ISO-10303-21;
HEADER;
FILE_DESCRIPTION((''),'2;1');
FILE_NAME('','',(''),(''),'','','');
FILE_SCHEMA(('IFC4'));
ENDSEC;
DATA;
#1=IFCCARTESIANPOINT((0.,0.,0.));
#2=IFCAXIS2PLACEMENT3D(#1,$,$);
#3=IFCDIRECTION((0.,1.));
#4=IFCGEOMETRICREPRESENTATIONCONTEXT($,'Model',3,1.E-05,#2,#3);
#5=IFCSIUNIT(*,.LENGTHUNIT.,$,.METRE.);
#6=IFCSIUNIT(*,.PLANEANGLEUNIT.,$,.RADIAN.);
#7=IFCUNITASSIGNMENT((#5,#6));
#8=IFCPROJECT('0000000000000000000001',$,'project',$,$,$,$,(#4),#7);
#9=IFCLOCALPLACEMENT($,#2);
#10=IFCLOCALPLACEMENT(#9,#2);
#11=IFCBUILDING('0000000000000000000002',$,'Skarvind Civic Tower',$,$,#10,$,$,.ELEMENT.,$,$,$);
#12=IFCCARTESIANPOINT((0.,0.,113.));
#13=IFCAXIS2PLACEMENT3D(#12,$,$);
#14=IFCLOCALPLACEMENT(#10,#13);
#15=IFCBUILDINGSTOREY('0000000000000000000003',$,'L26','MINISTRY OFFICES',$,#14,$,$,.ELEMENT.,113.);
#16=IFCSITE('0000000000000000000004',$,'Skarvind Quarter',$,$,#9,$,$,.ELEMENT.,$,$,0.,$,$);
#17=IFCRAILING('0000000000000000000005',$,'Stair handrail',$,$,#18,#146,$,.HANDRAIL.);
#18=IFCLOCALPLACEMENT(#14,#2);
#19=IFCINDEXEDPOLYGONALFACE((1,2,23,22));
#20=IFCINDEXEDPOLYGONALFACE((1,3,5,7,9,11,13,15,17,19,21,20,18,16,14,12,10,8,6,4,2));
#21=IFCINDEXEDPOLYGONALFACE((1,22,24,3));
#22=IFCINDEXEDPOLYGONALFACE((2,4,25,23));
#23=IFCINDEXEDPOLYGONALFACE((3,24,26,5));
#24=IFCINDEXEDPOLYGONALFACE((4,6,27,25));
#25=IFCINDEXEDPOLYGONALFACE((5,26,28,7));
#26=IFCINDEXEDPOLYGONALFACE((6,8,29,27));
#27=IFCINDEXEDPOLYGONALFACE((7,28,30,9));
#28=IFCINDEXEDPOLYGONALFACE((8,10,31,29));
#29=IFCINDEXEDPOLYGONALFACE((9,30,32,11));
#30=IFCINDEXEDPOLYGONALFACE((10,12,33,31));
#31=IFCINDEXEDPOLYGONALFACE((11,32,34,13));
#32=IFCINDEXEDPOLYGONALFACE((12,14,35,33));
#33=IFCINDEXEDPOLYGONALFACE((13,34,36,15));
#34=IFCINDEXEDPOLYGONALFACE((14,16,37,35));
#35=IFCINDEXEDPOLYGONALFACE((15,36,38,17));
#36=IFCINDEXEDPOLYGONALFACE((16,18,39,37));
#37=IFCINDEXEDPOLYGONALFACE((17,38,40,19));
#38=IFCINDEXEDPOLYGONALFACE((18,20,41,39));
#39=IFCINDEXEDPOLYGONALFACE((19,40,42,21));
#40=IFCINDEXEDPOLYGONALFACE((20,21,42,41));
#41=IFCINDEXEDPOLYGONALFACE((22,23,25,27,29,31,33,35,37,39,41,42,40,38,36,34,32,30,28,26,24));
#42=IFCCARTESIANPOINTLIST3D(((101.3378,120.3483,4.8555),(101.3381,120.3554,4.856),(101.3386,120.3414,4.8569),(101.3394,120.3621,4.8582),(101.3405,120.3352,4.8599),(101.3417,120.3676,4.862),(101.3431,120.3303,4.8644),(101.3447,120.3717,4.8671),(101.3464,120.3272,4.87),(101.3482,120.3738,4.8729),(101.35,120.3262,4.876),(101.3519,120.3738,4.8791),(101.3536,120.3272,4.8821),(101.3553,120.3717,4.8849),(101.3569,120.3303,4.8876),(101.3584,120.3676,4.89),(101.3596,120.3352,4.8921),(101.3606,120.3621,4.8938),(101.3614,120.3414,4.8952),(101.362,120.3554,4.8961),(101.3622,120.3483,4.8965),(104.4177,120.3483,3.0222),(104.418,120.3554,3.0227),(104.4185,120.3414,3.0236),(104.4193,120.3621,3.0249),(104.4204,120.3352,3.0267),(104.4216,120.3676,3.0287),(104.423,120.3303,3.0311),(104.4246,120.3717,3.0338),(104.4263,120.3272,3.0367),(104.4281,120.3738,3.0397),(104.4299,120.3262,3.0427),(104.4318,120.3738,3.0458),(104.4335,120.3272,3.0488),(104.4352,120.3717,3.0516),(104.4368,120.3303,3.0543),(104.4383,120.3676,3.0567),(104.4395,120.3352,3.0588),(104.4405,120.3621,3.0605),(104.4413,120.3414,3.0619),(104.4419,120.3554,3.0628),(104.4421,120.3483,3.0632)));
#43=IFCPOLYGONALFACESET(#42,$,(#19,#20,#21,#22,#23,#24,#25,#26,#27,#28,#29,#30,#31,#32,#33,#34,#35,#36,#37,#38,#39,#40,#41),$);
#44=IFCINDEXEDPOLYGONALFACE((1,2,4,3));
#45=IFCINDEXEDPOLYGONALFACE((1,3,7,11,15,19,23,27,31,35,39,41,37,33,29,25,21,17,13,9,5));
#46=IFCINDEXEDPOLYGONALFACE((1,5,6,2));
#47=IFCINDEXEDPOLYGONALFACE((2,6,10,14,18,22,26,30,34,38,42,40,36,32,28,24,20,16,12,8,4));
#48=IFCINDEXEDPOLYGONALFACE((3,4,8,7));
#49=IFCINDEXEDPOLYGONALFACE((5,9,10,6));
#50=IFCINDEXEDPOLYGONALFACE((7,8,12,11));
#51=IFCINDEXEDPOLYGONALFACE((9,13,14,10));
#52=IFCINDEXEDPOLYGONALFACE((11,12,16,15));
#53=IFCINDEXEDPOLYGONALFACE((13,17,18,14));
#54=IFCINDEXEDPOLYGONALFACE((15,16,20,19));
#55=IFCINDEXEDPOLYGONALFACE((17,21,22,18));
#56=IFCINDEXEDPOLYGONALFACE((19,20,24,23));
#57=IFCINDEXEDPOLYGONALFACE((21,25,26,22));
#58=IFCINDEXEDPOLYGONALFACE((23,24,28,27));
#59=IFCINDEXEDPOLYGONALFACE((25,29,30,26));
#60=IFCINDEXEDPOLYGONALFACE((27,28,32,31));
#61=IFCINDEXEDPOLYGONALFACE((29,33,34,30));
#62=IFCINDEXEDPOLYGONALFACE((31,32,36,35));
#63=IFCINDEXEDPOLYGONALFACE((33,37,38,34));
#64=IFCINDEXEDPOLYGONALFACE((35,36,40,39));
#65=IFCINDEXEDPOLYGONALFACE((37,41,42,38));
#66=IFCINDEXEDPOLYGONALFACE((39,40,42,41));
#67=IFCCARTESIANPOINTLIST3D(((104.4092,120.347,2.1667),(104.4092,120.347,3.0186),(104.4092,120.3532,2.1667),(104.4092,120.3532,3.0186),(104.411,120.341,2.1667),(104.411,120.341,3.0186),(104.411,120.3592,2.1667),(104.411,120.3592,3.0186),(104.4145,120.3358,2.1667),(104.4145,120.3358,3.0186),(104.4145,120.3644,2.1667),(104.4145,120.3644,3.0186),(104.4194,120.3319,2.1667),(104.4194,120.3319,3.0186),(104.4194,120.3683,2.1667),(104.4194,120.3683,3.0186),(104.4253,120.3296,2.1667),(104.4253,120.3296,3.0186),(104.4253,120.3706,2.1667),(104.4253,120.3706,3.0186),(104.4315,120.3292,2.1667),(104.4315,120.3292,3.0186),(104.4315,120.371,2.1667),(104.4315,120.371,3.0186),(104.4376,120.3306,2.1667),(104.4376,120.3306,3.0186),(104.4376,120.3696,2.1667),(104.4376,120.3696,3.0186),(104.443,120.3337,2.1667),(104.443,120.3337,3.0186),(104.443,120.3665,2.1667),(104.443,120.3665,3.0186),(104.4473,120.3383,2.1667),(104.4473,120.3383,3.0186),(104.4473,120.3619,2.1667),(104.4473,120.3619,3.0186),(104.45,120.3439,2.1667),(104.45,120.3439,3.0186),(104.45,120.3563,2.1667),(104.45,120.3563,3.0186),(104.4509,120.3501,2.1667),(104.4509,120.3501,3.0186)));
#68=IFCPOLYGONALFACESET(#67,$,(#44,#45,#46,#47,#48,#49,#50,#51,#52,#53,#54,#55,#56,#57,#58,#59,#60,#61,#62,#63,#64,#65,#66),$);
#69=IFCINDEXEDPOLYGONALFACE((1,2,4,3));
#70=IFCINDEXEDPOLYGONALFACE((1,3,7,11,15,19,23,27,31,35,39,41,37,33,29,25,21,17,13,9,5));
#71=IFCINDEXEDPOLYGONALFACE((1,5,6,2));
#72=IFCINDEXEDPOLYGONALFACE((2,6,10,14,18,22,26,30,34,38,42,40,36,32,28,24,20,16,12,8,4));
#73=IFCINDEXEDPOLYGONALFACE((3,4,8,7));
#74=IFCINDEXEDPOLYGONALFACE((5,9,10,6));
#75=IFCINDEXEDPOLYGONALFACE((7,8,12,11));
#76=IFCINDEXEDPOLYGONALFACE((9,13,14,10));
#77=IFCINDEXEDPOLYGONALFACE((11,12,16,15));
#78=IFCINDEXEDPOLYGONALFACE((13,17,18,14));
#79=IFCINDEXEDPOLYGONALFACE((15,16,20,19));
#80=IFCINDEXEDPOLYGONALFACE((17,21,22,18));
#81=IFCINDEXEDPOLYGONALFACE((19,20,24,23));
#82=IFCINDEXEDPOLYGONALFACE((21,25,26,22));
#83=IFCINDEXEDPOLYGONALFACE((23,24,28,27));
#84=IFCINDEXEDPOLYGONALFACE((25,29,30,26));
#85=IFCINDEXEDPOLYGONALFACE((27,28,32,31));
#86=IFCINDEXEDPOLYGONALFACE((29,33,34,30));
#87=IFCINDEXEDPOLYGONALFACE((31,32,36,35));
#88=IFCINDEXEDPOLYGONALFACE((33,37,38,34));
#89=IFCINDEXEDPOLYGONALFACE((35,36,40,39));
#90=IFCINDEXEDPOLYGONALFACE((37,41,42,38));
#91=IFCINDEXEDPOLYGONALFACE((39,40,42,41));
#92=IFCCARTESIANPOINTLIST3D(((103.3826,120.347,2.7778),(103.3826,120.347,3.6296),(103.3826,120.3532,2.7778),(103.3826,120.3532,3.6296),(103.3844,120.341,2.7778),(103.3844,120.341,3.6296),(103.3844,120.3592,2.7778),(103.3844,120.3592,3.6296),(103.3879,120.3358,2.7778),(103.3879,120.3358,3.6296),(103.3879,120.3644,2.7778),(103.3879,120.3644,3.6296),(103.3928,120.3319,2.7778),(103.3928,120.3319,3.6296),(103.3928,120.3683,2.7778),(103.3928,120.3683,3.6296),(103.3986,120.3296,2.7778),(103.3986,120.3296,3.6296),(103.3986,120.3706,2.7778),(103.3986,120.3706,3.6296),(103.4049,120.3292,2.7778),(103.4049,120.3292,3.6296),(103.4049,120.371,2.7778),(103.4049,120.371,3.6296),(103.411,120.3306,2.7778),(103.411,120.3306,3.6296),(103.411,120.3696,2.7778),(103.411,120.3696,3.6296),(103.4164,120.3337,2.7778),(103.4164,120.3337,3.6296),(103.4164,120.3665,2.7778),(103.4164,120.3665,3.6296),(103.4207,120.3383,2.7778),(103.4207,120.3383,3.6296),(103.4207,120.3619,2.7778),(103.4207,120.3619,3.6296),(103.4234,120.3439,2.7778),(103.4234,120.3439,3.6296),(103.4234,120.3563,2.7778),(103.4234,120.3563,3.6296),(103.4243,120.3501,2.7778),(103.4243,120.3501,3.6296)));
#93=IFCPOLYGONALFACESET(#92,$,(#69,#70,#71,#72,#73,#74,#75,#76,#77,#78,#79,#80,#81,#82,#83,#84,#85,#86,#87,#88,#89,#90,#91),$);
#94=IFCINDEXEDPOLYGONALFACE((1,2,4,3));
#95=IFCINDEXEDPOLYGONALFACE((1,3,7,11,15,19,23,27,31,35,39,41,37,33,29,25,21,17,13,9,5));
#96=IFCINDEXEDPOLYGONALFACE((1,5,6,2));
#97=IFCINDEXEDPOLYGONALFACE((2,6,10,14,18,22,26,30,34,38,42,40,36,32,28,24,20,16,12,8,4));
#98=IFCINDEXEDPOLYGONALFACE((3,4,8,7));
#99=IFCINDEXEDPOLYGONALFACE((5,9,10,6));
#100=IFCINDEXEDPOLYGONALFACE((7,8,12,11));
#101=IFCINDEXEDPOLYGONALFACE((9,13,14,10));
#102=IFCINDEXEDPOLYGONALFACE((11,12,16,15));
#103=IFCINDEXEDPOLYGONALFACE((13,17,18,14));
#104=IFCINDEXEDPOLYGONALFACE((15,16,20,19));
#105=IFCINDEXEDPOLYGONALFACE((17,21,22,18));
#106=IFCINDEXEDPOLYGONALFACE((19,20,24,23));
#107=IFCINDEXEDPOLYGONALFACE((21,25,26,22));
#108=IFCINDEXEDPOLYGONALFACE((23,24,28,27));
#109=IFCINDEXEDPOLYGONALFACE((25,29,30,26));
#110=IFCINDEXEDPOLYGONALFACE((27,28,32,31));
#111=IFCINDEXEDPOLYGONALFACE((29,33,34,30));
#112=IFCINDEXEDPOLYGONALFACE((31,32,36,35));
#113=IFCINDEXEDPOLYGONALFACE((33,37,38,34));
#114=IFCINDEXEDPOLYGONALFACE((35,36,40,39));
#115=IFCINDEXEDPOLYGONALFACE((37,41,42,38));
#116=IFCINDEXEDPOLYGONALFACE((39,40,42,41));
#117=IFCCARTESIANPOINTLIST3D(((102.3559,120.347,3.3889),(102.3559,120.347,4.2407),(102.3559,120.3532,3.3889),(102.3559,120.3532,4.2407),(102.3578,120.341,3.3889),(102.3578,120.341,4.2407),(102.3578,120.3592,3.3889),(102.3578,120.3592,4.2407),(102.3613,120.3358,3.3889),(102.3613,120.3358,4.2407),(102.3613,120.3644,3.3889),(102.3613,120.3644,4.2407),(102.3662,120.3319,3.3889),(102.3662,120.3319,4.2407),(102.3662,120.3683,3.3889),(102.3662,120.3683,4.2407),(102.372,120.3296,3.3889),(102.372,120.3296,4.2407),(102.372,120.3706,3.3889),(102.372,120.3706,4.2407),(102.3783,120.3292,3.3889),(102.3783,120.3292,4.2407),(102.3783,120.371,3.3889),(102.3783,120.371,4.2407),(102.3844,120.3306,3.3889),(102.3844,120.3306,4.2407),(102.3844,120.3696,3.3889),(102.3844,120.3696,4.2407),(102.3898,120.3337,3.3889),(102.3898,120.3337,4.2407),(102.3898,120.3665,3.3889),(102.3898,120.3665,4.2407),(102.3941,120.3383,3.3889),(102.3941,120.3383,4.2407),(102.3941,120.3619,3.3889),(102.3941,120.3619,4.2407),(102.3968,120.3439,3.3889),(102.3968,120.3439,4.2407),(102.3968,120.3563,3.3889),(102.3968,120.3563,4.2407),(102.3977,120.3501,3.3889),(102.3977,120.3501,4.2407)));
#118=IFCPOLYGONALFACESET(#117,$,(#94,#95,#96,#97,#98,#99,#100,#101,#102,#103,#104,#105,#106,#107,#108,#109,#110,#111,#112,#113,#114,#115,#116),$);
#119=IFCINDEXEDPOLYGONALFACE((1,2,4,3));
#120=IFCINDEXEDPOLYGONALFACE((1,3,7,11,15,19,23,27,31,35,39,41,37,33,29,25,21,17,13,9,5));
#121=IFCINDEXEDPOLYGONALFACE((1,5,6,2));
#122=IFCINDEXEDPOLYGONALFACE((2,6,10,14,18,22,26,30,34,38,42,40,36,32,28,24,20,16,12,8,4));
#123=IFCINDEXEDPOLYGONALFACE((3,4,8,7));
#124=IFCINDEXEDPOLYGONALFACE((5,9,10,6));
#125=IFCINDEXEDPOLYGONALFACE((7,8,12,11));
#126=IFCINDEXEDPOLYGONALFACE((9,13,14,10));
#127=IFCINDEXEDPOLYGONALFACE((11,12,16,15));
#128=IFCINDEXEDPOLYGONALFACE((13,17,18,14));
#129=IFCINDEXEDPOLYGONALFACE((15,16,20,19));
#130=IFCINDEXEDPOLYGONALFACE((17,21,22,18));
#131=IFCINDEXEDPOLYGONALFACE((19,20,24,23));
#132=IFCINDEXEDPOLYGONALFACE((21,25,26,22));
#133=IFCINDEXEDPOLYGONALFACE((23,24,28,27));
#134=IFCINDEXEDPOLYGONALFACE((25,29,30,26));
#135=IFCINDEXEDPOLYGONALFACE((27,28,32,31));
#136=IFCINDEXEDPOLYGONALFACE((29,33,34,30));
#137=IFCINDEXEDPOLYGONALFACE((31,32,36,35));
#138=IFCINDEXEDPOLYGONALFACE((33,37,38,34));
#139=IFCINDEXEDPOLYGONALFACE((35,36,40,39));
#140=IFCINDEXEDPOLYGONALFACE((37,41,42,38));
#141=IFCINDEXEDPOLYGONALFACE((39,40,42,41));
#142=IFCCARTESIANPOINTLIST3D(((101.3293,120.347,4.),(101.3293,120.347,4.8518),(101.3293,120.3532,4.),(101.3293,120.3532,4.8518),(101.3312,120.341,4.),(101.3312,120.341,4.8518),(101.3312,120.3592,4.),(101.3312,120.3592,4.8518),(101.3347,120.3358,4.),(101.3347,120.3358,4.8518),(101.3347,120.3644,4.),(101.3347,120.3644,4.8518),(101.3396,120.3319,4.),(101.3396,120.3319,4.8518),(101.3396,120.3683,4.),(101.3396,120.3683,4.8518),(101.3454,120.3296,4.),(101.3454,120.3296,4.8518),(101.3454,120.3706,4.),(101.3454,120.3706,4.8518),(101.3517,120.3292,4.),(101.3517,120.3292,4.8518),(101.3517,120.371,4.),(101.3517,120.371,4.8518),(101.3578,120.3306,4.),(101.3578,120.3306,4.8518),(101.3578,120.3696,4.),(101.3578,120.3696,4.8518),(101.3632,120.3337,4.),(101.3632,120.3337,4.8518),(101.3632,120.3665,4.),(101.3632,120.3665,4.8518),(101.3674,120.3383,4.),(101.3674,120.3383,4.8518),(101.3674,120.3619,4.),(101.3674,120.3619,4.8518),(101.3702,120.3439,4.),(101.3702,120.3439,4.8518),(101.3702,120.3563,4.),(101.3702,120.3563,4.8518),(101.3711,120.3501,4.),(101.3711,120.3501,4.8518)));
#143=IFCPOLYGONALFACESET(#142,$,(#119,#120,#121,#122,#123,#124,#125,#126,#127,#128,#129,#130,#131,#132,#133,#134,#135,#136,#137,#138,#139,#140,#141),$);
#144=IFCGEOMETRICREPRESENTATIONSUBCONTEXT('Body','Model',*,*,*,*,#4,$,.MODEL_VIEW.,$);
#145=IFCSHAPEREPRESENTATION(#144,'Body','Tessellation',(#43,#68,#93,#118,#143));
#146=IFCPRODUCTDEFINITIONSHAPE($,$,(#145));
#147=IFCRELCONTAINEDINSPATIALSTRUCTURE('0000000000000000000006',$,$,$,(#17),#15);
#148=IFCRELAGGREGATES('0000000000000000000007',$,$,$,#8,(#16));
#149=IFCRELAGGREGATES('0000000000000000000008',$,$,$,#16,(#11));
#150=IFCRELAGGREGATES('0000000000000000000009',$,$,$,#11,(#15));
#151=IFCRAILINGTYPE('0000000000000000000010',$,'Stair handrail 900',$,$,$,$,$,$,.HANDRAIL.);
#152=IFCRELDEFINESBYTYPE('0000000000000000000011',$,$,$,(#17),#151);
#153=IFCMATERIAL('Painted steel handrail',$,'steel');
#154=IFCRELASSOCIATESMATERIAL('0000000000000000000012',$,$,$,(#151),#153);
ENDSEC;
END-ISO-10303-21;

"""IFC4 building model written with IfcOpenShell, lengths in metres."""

from ifc_helpers import new_model, si_unit, direction, frame, origin, origin_2d, place, context, subcontext, project, spatial, circle, extrude, material, type_object, element, save


model = new_model("IFC4")

# Units and contexts
model_context = context("Model", 3, precision=1e-05, world=origin(), true_north=direction((0.0, 1.0)))
body_context = subcontext(model_context, "Body", "Model", "MODEL_VIEW")
ifc_project = project(units=[si_unit("LENGTHUNIT", "METRE"), si_unit("PLANEANGLEUNIT", "RADIAN")], contexts=[model_context])

# Site, building, storey
site_placement = place(None, origin())
site = spatial("IfcSite", under=ifc_project, at=site_placement, Name="Skarvind Quarter", CompositionType="ELEMENT", RefElevation=0.0)
building_placement = place(site_placement, origin())
building = spatial("IfcBuilding", under=site, at=building_placement, Name="Skarvind Civic Tower", CompositionType="ELEMENT")
storey_placement = place(building_placement, frame((0.0, 0.0, 113.0)))
storey = spatial("IfcBuildingStorey", under=building, at=storey_placement, Name="L26", Description="MINISTRY OFFICES", CompositionType="ELEMENT", Elevation=113.0)

# Railing
ifc_material_1 = material(Name="Painted steel handrail", Category="steel")
railing_type = type_object("IfcRailingType", Name="Stair handrail 900", PredefinedType="HANDRAIL", material=ifc_material_1)
railing_placement = place(storey_placement, frame((104.4299, 120.3501, 2.1667)))
element("IfcRailing", 1, at=railing_placement, inside=storey, type_object=railing_type, Name="Stair handrail", PredefinedType="HANDRAIL", context=body_context, shape_type="SweptSolid", body=[
    extrude(circle(Radius=0.0239, at=origin_2d()), frame((0.0, 0.0, 0.876), z_axis=(-0.859291, 0.0, 0.511487), x_axis=(0.0, -1.0, 0.0)), (0.0, 0.0, 1.0), 3.5842),
    extrude(circle(Radius=0.021, at=origin_2d()), origin(), (0.0, 0.0, 1.0), 0.8518),
    extrude(circle(Radius=0.021, at=origin_2d()), frame((-1.0266, 0.0, 0.6111)), (0.0, 0.0, 1.0), 0.8518),
    extrude(circle(Radius=0.021, at=origin_2d()), frame((-2.0532, 0.0, 1.2222)), (0.0, 0.0, 1.0), 0.8518),
    extrude(circle(Radius=0.021, at=origin_2d()), frame((-3.0798, 0.0, 1.8333)), (0.0, 0.0, 1.0), 0.8518),
])

save(model, "model.ifc")
